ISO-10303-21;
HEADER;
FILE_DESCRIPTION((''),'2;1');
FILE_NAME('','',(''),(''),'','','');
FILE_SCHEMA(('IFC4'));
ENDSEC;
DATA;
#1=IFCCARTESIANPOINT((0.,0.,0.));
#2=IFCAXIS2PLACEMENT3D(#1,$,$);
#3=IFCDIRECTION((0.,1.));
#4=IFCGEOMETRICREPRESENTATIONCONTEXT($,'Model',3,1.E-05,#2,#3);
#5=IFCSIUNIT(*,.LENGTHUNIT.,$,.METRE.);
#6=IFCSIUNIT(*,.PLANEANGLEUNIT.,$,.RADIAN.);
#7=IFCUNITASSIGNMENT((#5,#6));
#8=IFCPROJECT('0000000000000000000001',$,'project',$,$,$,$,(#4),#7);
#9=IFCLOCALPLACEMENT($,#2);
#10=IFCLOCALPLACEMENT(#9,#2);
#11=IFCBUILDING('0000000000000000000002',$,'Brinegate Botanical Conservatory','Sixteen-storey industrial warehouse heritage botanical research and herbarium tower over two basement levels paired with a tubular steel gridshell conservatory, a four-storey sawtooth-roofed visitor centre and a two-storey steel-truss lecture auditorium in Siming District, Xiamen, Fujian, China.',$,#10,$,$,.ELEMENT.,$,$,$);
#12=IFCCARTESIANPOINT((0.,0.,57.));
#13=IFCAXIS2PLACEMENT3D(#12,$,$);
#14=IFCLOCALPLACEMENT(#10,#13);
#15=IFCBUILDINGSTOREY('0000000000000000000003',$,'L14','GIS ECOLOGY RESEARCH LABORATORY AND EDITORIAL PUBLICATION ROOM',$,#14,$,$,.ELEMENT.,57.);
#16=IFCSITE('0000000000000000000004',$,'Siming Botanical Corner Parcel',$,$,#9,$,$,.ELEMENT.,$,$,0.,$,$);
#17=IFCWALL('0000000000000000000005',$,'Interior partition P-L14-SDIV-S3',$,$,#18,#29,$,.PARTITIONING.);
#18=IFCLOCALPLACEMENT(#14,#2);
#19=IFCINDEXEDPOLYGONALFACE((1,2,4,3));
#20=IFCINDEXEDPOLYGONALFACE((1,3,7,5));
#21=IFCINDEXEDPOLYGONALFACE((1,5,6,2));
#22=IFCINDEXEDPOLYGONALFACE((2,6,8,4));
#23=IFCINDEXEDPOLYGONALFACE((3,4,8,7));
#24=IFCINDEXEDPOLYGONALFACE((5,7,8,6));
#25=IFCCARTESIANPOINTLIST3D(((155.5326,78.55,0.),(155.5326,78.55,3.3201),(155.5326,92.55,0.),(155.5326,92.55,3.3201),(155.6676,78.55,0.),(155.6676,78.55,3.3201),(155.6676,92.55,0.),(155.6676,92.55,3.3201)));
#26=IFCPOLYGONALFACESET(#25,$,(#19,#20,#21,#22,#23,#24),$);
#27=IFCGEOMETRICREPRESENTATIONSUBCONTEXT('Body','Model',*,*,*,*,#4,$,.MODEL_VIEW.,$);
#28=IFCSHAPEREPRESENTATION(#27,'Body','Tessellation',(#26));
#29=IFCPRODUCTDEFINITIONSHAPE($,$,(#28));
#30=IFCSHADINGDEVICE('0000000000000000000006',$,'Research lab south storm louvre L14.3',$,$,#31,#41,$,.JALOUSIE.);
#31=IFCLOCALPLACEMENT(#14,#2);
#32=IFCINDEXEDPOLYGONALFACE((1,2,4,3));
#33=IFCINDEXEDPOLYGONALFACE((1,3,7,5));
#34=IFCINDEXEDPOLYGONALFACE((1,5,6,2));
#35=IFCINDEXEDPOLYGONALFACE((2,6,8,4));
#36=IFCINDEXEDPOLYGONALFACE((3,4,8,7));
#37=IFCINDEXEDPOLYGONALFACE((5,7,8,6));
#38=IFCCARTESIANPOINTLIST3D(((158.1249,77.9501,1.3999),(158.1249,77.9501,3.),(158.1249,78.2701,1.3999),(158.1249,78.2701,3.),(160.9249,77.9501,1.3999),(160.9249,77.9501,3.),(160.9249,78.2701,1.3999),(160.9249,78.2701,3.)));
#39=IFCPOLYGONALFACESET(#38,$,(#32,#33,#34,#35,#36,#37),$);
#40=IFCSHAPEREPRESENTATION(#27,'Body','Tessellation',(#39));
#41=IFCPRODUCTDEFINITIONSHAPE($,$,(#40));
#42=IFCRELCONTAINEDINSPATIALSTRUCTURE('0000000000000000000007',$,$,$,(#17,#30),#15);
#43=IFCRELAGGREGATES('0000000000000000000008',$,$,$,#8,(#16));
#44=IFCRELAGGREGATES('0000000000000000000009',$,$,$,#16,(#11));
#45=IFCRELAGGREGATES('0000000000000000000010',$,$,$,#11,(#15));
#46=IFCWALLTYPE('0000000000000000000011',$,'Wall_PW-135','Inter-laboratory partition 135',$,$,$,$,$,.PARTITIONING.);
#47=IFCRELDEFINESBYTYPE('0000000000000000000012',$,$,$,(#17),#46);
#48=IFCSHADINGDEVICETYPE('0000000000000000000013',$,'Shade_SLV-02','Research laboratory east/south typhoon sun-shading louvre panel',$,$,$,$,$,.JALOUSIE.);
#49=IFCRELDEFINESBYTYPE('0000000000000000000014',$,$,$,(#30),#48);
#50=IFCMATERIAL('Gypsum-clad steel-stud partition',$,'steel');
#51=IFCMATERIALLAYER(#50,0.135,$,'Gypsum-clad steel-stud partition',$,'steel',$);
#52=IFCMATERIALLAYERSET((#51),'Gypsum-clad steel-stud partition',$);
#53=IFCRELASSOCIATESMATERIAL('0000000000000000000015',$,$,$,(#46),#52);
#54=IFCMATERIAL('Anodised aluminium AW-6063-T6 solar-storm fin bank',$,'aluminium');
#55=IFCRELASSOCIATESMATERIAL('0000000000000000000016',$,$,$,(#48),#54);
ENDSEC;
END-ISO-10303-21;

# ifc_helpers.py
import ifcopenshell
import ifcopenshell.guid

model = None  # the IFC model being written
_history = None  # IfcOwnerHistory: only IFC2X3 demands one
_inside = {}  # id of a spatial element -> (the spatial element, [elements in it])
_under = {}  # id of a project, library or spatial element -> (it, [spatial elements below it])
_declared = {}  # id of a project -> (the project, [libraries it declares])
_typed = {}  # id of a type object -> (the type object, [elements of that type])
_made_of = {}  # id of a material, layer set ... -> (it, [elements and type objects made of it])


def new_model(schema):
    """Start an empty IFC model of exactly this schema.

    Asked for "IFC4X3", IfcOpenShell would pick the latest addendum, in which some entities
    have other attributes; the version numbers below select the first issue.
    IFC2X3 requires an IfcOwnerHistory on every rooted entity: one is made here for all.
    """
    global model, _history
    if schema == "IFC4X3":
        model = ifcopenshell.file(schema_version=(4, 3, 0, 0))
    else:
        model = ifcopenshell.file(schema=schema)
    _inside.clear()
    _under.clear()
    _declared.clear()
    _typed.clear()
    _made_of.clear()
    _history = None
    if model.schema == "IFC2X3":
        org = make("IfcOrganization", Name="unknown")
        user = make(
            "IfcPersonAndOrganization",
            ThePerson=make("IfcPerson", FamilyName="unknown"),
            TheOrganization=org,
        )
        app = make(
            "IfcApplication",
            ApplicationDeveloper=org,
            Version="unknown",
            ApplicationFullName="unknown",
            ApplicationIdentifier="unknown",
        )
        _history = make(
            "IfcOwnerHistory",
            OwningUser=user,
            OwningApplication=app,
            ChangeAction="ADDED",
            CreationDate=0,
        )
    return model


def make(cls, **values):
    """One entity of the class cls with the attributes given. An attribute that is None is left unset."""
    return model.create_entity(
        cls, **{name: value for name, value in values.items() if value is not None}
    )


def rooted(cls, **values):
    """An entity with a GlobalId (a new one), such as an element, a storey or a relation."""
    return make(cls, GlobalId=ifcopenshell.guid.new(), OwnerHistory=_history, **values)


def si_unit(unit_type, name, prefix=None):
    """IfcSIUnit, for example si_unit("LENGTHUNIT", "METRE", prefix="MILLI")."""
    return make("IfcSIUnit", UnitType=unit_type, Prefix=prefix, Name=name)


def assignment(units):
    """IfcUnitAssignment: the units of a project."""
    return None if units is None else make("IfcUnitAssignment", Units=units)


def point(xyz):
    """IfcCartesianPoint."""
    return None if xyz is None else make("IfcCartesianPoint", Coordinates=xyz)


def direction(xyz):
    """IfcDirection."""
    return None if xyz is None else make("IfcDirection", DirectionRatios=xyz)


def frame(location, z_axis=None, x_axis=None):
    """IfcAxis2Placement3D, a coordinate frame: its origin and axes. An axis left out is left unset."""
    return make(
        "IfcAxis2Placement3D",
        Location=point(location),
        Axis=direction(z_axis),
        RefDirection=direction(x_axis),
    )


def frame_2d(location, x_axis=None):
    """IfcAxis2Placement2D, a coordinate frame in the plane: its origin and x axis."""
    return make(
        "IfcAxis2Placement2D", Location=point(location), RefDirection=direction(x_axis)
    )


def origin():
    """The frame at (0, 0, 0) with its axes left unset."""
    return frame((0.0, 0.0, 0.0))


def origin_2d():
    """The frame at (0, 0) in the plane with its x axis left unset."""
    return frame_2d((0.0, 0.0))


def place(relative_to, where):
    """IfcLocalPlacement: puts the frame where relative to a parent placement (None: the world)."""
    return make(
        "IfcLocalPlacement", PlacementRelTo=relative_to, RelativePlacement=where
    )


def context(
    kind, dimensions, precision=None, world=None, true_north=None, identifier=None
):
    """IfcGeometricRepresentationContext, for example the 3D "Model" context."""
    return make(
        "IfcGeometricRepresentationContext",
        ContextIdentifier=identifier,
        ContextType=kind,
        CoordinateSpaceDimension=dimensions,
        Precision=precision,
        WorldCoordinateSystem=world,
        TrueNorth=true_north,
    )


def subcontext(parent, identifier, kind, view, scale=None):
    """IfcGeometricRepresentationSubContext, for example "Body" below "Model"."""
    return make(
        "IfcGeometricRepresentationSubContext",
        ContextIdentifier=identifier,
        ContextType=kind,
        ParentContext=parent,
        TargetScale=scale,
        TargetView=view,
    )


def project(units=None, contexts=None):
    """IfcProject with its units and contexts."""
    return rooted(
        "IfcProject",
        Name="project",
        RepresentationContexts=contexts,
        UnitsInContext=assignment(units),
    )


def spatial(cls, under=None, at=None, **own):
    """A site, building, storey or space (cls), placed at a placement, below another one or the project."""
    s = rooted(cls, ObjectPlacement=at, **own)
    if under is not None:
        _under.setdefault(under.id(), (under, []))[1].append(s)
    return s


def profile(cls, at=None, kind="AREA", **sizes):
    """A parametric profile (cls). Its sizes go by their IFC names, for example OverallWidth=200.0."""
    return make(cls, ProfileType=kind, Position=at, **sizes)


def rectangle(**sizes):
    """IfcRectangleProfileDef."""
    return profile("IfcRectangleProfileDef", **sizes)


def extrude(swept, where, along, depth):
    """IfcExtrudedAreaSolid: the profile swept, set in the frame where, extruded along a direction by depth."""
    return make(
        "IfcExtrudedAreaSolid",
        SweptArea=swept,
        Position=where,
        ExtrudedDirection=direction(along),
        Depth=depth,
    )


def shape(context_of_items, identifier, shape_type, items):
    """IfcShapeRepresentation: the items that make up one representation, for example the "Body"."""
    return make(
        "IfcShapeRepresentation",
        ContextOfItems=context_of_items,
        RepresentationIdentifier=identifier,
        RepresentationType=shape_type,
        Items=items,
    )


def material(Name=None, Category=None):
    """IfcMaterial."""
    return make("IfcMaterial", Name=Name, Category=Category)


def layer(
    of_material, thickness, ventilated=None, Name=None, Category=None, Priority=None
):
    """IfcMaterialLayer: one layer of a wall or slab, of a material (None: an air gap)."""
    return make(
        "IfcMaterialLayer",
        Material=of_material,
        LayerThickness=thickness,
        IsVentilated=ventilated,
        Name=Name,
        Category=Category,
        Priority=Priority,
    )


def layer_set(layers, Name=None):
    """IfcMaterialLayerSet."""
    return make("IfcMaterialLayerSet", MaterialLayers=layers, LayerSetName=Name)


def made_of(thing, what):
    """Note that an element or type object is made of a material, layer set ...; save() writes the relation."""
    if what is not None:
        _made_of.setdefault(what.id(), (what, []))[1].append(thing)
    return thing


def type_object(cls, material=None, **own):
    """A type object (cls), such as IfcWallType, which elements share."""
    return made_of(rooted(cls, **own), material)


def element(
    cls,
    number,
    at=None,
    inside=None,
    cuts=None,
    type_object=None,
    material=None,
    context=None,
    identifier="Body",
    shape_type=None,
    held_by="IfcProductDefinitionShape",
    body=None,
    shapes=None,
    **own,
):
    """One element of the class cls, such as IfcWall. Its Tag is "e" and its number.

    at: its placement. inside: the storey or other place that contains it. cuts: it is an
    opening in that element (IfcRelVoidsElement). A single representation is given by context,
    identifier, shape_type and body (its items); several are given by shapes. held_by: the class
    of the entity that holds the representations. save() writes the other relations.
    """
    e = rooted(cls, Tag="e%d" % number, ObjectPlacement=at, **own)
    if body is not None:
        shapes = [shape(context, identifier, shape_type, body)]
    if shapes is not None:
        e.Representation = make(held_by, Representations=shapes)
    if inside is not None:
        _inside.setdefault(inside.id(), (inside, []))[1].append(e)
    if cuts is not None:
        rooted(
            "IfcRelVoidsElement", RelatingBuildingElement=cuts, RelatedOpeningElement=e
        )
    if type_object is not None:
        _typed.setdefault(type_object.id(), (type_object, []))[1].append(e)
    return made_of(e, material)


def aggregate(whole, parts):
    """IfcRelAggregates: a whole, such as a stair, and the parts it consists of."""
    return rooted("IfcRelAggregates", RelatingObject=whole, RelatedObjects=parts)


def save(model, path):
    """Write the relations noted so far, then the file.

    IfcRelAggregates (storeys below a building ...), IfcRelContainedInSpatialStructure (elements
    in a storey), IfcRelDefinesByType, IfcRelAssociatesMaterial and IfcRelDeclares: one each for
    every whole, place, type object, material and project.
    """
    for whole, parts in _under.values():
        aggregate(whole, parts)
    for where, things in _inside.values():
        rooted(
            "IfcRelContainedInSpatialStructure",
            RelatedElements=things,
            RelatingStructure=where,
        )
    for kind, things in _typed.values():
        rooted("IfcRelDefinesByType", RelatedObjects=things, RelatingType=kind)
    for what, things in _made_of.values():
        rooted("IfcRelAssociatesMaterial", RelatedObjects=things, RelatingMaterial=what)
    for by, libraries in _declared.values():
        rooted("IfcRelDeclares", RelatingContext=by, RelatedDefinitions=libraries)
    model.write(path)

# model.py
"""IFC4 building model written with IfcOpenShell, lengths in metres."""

from ifc_helpers import new_model, si_unit, direction, frame, frame_2d, origin, origin_2d, place, context, subcontext, project, spatial, rectangle, extrude, material, layer, layer_set, type_object, element, save


model = new_model("IFC4")

# Units and contexts
model_context = context("Model", 3, precision=1e-05, world=origin(), true_north=direction((0.0, 1.0)))
body_context = subcontext(model_context, "Body", "Model", "MODEL_VIEW")
ifc_project = project(units=[si_unit("LENGTHUNIT", "METRE"), si_unit("PLANEANGLEUNIT", "RADIAN")], contexts=[model_context])

# Site, building, storey
site_placement = place(None, origin())
site = spatial("IfcSite", under=ifc_project, at=site_placement, Name="Siming Botanical Corner Parcel", CompositionType="ELEMENT", RefElevation=0.0)
building_placement = place(site_placement, origin())
building = spatial("IfcBuilding", under=site, at=building_placement, Name="Brinegate Botanical Conservatory", Description="Sixteen-storey industrial warehouse heritage botanical research and herbarium tower over two basement levels paired with a tubular steel gridshell conservatory, a four-storey sawtooth-roofed visitor centre and a two-storey steel-truss lecture auditorium in Siming District, Xiamen, Fujian, China.", CompositionType="ELEMENT")
storey_placement = place(building_placement, frame((0.0, 0.0, 57.0)))
storey = spatial("IfcBuildingStorey", under=building, at=storey_placement, Name="L14", Description="GIS ECOLOGY RESEARCH LABORATORY AND EDITORIAL PUBLICATION ROOM", CompositionType="ELEMENT", Elevation=57.0)

# Wall
ifc_material_1 = material(Name="Gypsum-clad steel-stud partition", Category="steel")
ifc_layer_1 = layer(ifc_material_1, 0.135, Name="Gypsum-clad steel-stud partition", Category="steel")
ifc_layer_set_1 = layer_set([ifc_layer_1], Name="Gypsum-clad steel-stud partition")
wall_type_1 = type_object("IfcWallType", Name="Wall_PW-135", Description="Inter-laboratory partition 135", PredefinedType="PARTITIONING", material=ifc_layer_set_1)
wall_1_placement = place(storey_placement, frame((155.6001, 78.55, 0.0), z_axis=(0.0, 0.0, 1.0), x_axis=(0.0, 1.0, 0.0)))
element("IfcWall", 1, at=wall_1_placement, inside=storey, type_object=wall_type_1, Name="Interior partition P-L14-SDIV-S3", PredefinedType="PARTITIONING", context=body_context, shape_type="SweptSolid", body=[
    extrude(rectangle(XDim=14.0, YDim=0.135, at=frame_2d((7.0, 0.0))), origin(), (0.0, 0.0, 1.0), 3.3201),
])

# Shading device
ifc_material_2 = material(Name="Anodised aluminium AW-6063-T6 solar-storm fin bank", Category="aluminium")
shading_device_type = type_object("IfcShadingDeviceType", Name="Shade_SLV-02", Description="Research laboratory east/south typhoon sun-shading louvre panel", PredefinedType="JALOUSIE", material=ifc_material_2)
shading_device_placement = place(storey_placement, frame((159.5249, 78.1101, 1.3999), z_axis=(0.0, 0.0, 1.0), x_axis=(1.0, 0.0, 0.0)))
element("IfcShadingDevice", 2, at=shading_device_placement, inside=storey, type_object=shading_device_type, Name="Research lab south storm louvre L14.3", PredefinedType="JALOUSIE", context=body_context, shape_type="SweptSolid", body=[
    extrude(rectangle(XDim=2.8, YDim=0.3201, at=origin_2d()), origin(), (0.0, 0.0, 1.0), 1.6001),
])

save(model, "model.ifc")
